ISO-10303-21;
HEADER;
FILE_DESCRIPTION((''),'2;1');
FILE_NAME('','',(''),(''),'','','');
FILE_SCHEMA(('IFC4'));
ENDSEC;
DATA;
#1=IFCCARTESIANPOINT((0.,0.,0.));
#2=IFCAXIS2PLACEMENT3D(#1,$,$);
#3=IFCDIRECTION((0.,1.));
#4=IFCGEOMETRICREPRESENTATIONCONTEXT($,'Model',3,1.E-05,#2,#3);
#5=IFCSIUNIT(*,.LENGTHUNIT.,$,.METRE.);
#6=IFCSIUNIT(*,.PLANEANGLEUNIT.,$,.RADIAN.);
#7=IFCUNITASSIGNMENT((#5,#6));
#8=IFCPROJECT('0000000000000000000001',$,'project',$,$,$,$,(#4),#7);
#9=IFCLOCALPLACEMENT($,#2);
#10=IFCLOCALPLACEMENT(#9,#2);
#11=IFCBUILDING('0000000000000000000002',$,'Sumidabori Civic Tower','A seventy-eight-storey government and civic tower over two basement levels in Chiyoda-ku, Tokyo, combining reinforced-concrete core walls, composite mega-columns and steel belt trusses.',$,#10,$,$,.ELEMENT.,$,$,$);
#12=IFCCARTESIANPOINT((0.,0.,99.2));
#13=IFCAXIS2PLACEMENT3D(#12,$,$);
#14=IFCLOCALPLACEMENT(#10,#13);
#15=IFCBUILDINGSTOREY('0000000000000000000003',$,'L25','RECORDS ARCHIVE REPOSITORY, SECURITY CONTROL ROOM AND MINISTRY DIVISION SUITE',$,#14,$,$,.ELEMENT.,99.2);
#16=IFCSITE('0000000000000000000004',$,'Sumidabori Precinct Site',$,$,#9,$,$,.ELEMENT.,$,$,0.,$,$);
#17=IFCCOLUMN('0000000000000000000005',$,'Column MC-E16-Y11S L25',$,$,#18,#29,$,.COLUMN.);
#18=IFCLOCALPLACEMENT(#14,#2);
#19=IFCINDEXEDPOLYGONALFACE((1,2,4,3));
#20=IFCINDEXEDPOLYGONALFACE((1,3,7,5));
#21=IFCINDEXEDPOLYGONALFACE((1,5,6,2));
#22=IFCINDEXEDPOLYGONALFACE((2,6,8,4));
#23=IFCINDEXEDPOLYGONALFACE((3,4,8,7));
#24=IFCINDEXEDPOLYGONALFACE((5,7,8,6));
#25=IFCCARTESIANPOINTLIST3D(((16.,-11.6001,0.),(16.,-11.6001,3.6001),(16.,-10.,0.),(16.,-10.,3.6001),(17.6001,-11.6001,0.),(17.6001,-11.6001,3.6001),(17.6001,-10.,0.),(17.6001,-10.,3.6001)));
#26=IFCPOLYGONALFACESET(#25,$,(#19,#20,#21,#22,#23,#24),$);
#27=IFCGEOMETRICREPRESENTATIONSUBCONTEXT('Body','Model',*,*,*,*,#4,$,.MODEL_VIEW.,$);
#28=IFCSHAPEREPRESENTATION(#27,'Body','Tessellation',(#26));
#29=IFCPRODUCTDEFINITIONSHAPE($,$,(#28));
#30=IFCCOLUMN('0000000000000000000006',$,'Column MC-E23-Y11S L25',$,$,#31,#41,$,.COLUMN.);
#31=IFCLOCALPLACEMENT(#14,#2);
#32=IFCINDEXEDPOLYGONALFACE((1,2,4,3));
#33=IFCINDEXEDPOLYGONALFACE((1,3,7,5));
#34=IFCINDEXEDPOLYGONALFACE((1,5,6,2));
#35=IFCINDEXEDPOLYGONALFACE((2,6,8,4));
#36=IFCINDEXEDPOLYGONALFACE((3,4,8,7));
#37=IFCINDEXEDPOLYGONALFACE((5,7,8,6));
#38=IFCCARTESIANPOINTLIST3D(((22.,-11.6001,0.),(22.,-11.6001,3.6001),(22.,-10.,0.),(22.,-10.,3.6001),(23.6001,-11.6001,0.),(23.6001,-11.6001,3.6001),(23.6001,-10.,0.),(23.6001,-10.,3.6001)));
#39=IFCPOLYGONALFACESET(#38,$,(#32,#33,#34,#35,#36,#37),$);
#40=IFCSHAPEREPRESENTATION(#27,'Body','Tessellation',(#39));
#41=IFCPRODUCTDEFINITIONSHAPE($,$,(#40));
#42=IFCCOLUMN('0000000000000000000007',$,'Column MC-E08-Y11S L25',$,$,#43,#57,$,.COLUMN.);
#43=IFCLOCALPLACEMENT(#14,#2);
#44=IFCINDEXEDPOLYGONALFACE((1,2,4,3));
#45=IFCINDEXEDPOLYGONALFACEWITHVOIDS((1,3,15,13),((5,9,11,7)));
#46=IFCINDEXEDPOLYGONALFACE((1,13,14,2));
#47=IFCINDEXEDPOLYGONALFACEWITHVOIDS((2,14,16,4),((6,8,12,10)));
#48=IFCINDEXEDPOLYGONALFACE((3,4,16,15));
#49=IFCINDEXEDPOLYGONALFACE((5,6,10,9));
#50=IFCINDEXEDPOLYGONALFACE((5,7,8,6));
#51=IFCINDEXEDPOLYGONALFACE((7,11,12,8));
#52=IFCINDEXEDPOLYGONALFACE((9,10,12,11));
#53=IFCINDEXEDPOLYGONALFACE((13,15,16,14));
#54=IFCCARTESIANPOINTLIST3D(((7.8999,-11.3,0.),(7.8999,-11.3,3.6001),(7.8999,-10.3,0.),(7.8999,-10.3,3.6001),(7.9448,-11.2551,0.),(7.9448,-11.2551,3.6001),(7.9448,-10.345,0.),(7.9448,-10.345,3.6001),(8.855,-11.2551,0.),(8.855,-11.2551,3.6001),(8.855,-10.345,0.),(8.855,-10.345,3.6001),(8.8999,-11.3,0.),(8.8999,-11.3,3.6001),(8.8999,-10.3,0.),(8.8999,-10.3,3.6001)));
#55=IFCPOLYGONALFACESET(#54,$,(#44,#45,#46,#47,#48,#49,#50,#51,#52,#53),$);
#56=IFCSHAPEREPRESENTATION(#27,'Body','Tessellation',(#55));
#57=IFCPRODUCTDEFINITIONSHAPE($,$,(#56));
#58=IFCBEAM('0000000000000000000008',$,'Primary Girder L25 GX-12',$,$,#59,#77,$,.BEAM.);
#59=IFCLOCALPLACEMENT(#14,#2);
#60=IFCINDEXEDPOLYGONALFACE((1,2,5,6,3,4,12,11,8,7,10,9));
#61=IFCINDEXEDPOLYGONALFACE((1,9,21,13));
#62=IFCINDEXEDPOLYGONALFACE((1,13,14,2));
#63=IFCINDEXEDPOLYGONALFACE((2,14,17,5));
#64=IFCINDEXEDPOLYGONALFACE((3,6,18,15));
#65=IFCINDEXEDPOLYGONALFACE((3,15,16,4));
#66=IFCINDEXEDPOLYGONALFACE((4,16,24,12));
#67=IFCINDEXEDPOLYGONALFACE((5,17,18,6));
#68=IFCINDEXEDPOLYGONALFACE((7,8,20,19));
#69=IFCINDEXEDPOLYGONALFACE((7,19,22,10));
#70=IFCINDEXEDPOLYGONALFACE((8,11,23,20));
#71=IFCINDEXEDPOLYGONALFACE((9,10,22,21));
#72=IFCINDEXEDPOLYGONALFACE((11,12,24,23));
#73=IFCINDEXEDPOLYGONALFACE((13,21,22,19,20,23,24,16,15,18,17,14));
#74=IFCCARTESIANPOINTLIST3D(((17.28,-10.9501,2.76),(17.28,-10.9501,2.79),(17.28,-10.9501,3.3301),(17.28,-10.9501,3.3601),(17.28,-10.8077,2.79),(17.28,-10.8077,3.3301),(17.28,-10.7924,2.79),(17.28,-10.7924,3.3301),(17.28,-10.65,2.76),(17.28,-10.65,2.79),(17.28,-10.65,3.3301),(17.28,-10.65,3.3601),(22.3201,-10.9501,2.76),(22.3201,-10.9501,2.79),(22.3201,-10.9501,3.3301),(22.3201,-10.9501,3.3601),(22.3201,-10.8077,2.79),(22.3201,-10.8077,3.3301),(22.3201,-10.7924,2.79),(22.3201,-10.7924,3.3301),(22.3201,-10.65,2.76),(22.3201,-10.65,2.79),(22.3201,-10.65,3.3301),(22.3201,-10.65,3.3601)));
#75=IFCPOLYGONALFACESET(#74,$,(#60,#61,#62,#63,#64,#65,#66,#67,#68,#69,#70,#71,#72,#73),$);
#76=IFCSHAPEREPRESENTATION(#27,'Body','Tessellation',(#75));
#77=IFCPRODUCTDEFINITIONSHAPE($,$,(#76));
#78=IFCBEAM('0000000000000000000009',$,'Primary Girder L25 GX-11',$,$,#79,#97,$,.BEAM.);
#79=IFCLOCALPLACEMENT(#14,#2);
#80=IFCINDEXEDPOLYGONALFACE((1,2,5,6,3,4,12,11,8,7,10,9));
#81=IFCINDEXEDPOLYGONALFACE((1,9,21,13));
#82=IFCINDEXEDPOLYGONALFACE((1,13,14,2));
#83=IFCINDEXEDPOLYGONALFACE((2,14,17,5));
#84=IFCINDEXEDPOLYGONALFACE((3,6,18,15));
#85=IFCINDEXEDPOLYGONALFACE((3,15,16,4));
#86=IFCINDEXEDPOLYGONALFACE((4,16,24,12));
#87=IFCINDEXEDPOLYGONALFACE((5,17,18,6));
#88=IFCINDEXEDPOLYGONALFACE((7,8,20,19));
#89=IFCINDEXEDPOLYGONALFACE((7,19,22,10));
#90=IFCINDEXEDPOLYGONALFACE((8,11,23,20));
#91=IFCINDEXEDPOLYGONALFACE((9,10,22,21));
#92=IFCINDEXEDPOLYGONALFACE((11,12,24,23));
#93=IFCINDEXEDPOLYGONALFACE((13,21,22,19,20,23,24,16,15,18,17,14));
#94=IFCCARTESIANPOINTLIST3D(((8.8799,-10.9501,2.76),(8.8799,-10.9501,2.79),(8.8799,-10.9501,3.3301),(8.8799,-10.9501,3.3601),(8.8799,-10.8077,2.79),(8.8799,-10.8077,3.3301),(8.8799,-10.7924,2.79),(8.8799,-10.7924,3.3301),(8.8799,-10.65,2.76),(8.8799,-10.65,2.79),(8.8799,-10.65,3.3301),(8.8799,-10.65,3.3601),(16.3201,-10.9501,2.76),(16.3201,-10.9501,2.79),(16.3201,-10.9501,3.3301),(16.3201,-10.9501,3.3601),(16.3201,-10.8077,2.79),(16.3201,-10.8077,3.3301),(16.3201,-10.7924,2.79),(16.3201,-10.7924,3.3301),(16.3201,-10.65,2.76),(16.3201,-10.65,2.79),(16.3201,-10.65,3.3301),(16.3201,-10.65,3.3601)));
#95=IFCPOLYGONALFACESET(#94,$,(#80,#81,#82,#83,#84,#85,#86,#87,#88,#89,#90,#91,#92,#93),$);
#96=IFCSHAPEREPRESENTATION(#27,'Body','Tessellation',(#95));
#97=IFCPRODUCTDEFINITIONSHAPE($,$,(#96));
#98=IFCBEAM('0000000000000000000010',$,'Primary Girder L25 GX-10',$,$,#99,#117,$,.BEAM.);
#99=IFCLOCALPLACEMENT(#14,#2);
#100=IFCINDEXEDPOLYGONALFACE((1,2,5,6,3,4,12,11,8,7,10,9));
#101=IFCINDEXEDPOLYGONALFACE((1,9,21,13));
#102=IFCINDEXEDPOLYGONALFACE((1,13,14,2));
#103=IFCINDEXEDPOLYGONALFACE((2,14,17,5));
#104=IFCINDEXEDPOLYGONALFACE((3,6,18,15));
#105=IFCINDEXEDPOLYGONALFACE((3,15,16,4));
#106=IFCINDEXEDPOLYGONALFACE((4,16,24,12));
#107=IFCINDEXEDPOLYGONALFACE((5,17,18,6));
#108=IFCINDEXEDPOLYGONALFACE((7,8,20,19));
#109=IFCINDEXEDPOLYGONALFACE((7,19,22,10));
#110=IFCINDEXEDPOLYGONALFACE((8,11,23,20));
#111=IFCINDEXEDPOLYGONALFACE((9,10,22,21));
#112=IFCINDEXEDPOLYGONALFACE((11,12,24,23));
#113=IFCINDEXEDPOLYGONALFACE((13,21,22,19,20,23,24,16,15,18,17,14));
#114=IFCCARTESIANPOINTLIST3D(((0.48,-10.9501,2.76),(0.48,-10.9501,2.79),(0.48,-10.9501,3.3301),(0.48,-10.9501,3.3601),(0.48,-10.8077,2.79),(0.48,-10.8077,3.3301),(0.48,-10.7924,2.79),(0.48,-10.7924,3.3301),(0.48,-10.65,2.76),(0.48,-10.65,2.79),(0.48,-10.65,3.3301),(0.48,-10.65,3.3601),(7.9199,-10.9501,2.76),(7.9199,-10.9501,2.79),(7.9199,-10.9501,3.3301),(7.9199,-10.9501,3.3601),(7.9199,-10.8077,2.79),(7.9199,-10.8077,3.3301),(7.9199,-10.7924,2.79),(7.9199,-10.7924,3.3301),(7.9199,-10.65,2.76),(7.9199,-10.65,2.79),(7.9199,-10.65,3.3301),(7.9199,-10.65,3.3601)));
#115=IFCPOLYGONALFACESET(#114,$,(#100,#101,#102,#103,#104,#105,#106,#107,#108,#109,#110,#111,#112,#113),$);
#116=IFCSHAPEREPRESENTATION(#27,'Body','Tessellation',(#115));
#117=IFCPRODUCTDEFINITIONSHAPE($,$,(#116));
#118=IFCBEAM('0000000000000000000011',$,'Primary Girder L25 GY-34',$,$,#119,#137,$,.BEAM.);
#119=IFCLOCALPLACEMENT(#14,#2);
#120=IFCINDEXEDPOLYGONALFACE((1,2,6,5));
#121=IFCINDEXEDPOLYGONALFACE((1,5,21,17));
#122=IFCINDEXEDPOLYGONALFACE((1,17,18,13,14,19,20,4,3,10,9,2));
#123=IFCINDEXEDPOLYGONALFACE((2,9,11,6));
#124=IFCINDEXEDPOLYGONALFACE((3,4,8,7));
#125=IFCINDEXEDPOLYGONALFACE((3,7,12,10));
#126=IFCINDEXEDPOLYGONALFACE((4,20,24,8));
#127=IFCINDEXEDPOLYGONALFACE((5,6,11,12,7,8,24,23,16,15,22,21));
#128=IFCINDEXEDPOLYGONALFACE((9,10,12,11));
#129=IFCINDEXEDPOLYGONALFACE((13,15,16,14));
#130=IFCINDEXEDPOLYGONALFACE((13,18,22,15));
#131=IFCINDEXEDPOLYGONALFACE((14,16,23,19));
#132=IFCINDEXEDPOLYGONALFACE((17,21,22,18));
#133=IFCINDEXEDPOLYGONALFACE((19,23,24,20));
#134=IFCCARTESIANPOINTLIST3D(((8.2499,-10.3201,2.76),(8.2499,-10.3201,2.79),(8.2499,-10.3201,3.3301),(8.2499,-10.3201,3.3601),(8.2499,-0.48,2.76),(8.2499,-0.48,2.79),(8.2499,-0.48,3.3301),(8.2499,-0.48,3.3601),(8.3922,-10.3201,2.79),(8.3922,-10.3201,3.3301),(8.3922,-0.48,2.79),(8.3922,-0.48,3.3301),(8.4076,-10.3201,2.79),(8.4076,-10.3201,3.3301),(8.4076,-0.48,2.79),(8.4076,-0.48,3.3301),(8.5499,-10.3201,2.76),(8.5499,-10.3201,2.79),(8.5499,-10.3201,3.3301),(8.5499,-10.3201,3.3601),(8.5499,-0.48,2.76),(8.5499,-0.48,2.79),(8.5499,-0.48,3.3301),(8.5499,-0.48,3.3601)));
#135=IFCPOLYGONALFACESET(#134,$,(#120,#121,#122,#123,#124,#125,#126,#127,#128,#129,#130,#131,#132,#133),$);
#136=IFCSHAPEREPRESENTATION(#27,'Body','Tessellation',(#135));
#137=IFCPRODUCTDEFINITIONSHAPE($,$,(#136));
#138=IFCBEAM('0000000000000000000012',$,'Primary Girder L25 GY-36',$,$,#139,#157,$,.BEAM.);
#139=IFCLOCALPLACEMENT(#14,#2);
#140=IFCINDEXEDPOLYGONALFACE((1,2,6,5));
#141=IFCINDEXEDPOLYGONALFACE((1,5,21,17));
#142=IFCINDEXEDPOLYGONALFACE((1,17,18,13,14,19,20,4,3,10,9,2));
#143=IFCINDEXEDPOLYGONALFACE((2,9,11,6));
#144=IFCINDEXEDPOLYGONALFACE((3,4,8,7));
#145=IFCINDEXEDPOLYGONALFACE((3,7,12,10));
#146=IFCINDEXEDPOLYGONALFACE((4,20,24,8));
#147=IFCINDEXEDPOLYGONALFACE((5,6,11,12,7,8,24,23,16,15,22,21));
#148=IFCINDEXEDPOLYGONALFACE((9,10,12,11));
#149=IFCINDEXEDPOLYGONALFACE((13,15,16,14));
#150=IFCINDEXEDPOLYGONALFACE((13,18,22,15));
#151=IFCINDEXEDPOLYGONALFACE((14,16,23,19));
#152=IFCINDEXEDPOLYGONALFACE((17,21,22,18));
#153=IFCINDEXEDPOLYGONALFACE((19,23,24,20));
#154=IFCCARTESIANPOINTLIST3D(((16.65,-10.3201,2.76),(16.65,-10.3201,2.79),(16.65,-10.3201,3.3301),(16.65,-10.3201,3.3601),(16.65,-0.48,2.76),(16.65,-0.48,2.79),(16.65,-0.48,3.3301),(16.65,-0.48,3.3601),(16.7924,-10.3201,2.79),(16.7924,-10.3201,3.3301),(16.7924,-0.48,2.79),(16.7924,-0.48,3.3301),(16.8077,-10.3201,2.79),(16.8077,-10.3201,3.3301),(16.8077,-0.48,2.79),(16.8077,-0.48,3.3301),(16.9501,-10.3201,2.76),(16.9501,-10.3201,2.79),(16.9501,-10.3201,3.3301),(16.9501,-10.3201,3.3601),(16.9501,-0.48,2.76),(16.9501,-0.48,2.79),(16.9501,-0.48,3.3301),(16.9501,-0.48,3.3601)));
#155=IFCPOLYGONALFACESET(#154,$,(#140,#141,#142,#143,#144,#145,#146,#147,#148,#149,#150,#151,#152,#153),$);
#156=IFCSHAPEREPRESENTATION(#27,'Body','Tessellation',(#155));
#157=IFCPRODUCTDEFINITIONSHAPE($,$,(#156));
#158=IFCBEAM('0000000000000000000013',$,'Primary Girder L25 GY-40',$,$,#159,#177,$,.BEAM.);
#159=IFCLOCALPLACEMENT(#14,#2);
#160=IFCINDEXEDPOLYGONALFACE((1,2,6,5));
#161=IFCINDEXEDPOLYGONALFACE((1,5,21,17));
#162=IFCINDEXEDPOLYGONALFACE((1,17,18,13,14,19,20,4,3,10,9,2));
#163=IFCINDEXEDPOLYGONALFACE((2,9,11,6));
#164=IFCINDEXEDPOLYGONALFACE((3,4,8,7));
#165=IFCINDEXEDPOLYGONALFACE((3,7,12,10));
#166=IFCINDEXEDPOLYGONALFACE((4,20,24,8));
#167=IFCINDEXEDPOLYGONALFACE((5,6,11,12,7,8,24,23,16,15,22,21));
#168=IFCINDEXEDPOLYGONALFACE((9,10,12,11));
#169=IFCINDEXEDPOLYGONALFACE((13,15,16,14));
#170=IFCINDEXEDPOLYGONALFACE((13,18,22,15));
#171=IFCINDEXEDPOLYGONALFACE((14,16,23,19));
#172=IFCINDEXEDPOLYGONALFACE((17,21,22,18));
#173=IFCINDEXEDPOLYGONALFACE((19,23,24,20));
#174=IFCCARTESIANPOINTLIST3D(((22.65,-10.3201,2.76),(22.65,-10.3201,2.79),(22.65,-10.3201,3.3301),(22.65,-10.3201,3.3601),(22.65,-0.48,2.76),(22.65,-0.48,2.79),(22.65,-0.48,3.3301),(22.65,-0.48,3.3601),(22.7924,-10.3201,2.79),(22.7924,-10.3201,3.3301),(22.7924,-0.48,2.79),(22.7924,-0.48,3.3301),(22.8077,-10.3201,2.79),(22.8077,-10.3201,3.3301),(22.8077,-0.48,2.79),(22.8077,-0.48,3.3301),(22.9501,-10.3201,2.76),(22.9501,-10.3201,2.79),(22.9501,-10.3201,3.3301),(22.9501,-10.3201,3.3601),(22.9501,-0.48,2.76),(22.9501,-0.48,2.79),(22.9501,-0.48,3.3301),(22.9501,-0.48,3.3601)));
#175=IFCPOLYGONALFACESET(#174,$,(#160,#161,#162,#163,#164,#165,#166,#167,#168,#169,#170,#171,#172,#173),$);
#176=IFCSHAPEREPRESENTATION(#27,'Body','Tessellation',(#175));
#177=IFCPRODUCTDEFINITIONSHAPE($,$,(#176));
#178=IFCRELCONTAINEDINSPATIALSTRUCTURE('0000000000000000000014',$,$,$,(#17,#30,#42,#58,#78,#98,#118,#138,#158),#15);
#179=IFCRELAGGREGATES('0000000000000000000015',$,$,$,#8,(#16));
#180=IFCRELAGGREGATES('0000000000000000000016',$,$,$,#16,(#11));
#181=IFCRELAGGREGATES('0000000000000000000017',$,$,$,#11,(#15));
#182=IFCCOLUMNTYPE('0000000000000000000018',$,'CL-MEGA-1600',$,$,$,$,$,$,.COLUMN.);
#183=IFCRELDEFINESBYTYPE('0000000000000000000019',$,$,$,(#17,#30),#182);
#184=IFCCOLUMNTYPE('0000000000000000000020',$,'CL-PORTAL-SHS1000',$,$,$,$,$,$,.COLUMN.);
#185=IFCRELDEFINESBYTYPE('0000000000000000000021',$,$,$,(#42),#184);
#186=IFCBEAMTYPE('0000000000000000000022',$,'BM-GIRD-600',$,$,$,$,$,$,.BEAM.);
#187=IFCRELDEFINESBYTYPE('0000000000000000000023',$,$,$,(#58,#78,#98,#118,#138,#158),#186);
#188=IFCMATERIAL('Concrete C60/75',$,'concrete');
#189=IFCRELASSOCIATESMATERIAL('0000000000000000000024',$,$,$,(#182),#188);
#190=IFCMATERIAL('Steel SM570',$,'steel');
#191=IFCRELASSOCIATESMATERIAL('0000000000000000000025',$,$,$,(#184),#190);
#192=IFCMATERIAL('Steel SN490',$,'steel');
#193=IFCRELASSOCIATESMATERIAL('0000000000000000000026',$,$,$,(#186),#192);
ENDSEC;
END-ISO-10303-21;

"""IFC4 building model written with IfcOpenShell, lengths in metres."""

from ifc_helpers import new_model, si_unit, direction, frame, origin, origin_2d, place, context, subcontext, project, spatial, rectangle, hollow_rectangle, i_section, extrude, source, transform, mapped, material, material_profile, profile_set, type_object, element, save


model = new_model("IFC4")

# Units and contexts
model_context = context("Model", 3, precision=1e-05, world=origin(), true_north=direction((0.0, 1.0)))
body_context = subcontext(model_context, "Body", "Model", "MODEL_VIEW")
ifc_project = project(units=[si_unit("LENGTHUNIT", "METRE"), si_unit("PLANEANGLEUNIT", "RADIAN")], contexts=[model_context])

# Site, building, storey
site_placement = place(None, origin())
site = spatial("IfcSite", under=ifc_project, at=site_placement, Name="Sumidabori Precinct Site", CompositionType="ELEMENT", RefElevation=0.0)
building_placement = place(site_placement, origin())
building = spatial("IfcBuilding", under=site, at=building_placement, Name="Sumidabori Civic Tower", Description="A seventy-eight-storey government and civic tower over two basement levels in Chiyoda-ku, Tokyo, combining reinforced-concrete core walls, composite mega-columns and steel belt trusses.", CompositionType="ELEMENT")
storey_placement = place(building_placement, frame((0.0, 0.0, 99.2)))
storey = spatial("IfcBuildingStorey", under=building, at=storey_placement, Name="L25", Description="RECORDS ARCHIVE REPOSITORY, SECURITY CONTROL ROOM AND MINISTRY DIVISION SUITE", CompositionType="ELEMENT", Elevation=99.2)

# Columns
ifc_material_1 = material(Name="Concrete C60/75", Category="concrete")
ifc_material_profile_1 = material_profile(ifc_material_1, rectangle(XDim=1.6001, YDim=1.6001, at=origin_2d()), Name="RC 1600x1600")
ifc_profile_set_1 = profile_set([ifc_material_profile_1], Name="Concrete C60/75")
column_type_1 = type_object("IfcColumnType", Name="CL-MEGA-1600", PredefinedType="COLUMN", material=ifc_profile_set_1)
shared_shape_1 = source(origin(), body_context, "Body", "SweptSolid", [
    extrude(rectangle(XDim=1.6001, YDim=1.6001, at=origin_2d()), origin(), (0.0, 0.0, 1.0), 3.6001),
])
for number, where, z_axis, x_axis, name in (
    (1, (16.8, -10.8, 0.0), (0.0, 0.0, 1.0), (1.0, 0.0, 0.0), "Column MC-E16-Y11S L25"),
    (2, (22.8, -10.8, 0.0), (0.0, 0.0, 1.0), (1.0, 0.0, 0.0), "Column MC-E23-Y11S L25"),
):
    element("IfcColumn", number, at=place(storey_placement, frame(where, z_axis=z_axis, x_axis=x_axis)), inside=storey, type_object=column_type_1, Name=name, PredefinedType="COLUMN", context=body_context, shape_type="MappedRepresentation", body=[
        mapped(shared_shape_1, transform((0.0, 0.0, 0.0), x_axis=(1.0, 0.0, 0.0), y_axis=(0.0, 1.0, 0.0), z_axis=(0.0, 0.0, 1.0), scale=1.0)),
    ])
ifc_material_2 = material(Name="Steel SM570", Category="steel")
ifc_material_profile_2 = material_profile(ifc_material_2, hollow_rectangle(XDim=1.0, YDim=1.0, WallThickness=0.0449, at=origin_2d()), Name="SHS 1000x1000x45")
ifc_profile_set_2 = profile_set([ifc_material_profile_2], Name="Steel SM570")
column_type_2 = type_object("IfcColumnType", Name="CL-PORTAL-SHS1000", PredefinedType="COLUMN", material=ifc_profile_set_2)
shared_shape_2 = source(origin(), body_context, "Body", "SweptSolid", [
    extrude(hollow_rectangle(XDim=1.0, YDim=1.0, WallThickness=0.0449, at=origin_2d()), origin(), (0.0, 0.0, 1.0), 3.6001),
])
column_placement = place(storey_placement, frame((8.3999, -10.8, 0.0), z_axis=(0.0, 0.0, 1.0), x_axis=(1.0, 0.0, 0.0)))
element("IfcColumn", 3, at=column_placement, inside=storey, type_object=column_type_2, Name="Column MC-E08-Y11S L25", PredefinedType="COLUMN", context=body_context, shape_type="MappedRepresentation", body=[
    mapped(shared_shape_2, transform((0.0, 0.0, 0.0), x_axis=(1.0, 0.0, 0.0), y_axis=(0.0, 1.0, 0.0), z_axis=(0.0, 0.0, 1.0), scale=1.0)),
])

# Beams
ifc_material_3 = material(Name="Steel SN490", Category="steel")
ifc_material_profile_3 = material_profile(ifc_material_3, i_section(OverallWidth=0.3, OverallDepth=0.6001, WebThickness=0.0154, FlangeThickness=0.03, at=origin_2d()), Name="HE 600 B")
ifc_profile_set_3 = profile_set([ifc_material_profile_3], Name="Steel SN490")
beam_type_1 = type_object("IfcBeamType", Name="BM-GIRD-600", PredefinedType="BEAM", material=ifc_profile_set_3)
shared_shape_3 = source(origin(), body_context, "Body", "SweptSolid", [
    extrude(i_section(OverallWidth=0.3, OverallDepth=0.6001, WebThickness=0.0154, FlangeThickness=0.03, at=origin_2d()), origin(), (0.0, 0.0, 1.0), 5.04),
])
beam_1_placement = place(storey_placement, frame((17.28, -10.8, 3.0601), z_axis=(1.0, 0.0, 0.0), x_axis=(0.0, 1.0, 0.0)))
element("IfcBeam", 4, at=beam_1_placement, inside=storey, type_object=beam_type_1, Name="Primary Girder L25 GX-12", PredefinedType="BEAM", context=body_context, shape_type="MappedRepresentation", body=[
    mapped(shared_shape_3, transform((0.0, 0.0, 0.0), x_axis=(1.0, 0.0, 0.0), y_axis=(0.0, 1.0, 0.0), z_axis=(0.0, 0.0, 1.0), scale=1.0)),
])
shared_shape_4 = source(origin(), body_context, "Body", "SweptSolid", [
    extrude(i_section(OverallWidth=0.3, OverallDepth=0.6001, WebThickness=0.0154, FlangeThickness=0.03, at=origin_2d()), origin(), (0.0, 0.0, 1.0), 7.4402),
])
beam_2_placement = place(storey_placement, frame((8.8799, -10.8, 3.0601), z_axis=(1.0, 0.0, 0.0), x_axis=(0.0, 1.0, 0.0)))
element("IfcBeam", 5, at=beam_2_placement, inside=storey, type_object=beam_type_1, Name="Primary Girder L25 GX-11", PredefinedType="BEAM", context=body_context, shape_type="MappedRepresentation", body=[
    mapped(shared_shape_4, transform((0.0, 0.0, 0.0), x_axis=(1.0, 0.0, 0.0), y_axis=(0.0, 1.0, 0.0), z_axis=(0.0, 0.0, 1.0), scale=1.0)),
])
shared_shape_5 = source(origin(), body_context, "Body", "SweptSolid", [
    extrude(i_section(OverallWidth=0.3, OverallDepth=0.6001, WebThickness=0.0154, FlangeThickness=0.03, at=origin_2d()), origin(), (0.0, 0.0, 1.0), 7.4399),
])
beam_3_placement = place(storey_placement, frame((0.48, -10.8, 3.0601), z_axis=(1.0, 0.0, 0.0), x_axis=(0.0, 1.0, 0.0)))
element("IfcBeam", 6, at=beam_3_placement, inside=storey, type_object=beam_type_1, Name="Primary Girder L25 GX-10", PredefinedType="BEAM", context=body_context, shape_type="MappedRepresentation", body=[
    mapped(shared_shape_5, transform((0.0, 0.0, 0.0), x_axis=(1.0, 0.0, 0.0), y_axis=(0.0, 1.0, 0.0), z_axis=(0.0, 0.0, 1.0), scale=1.0)),
])
shared_shape_6 = source(origin(), body_context, "Body", "SweptSolid", [
    extrude(i_section(OverallWidth=0.3, OverallDepth=0.6001, WebThickness=0.0154, FlangeThickness=0.03, at=origin_2d()), origin(), (0.0, 0.0, 1.0), 9.8401),
])
for number, where, z_axis, x_axis, name in (
    (7, (8.3999, -10.3201, 3.0601), (0.0, 1.0, 0.0), (-1.0, 0.0, 0.0), "Primary Girder L25 GY-34"),
    (8, (16.8, -10.3201, 3.0601), (0.0, 1.0, 0.0), (-1.0, 0.0, 0.0), "Primary Girder L25 GY-36"),
    (9, (22.8, -10.3201, 3.0601), (0.0, 1.0, 0.0), (-1.0, 0.0, 0.0), "Primary Girder L25 GY-40"),
):
    element("IfcBeam", number, at=place(storey_placement, frame(where, z_axis=z_axis, x_axis=x_axis)), inside=storey, type_object=beam_type_1, Name=name, PredefinedType="BEAM", context=body_context, shape_type="MappedRepresentation", body=[
        mapped(shared_shape_6, transform((0.0, 0.0, 0.0), x_axis=(1.0, 0.0, 0.0), y_axis=(0.0, 1.0, 0.0), z_axis=(0.0, 0.0, 1.0), scale=1.0)),
    ])

save(model, "model.ifc")
